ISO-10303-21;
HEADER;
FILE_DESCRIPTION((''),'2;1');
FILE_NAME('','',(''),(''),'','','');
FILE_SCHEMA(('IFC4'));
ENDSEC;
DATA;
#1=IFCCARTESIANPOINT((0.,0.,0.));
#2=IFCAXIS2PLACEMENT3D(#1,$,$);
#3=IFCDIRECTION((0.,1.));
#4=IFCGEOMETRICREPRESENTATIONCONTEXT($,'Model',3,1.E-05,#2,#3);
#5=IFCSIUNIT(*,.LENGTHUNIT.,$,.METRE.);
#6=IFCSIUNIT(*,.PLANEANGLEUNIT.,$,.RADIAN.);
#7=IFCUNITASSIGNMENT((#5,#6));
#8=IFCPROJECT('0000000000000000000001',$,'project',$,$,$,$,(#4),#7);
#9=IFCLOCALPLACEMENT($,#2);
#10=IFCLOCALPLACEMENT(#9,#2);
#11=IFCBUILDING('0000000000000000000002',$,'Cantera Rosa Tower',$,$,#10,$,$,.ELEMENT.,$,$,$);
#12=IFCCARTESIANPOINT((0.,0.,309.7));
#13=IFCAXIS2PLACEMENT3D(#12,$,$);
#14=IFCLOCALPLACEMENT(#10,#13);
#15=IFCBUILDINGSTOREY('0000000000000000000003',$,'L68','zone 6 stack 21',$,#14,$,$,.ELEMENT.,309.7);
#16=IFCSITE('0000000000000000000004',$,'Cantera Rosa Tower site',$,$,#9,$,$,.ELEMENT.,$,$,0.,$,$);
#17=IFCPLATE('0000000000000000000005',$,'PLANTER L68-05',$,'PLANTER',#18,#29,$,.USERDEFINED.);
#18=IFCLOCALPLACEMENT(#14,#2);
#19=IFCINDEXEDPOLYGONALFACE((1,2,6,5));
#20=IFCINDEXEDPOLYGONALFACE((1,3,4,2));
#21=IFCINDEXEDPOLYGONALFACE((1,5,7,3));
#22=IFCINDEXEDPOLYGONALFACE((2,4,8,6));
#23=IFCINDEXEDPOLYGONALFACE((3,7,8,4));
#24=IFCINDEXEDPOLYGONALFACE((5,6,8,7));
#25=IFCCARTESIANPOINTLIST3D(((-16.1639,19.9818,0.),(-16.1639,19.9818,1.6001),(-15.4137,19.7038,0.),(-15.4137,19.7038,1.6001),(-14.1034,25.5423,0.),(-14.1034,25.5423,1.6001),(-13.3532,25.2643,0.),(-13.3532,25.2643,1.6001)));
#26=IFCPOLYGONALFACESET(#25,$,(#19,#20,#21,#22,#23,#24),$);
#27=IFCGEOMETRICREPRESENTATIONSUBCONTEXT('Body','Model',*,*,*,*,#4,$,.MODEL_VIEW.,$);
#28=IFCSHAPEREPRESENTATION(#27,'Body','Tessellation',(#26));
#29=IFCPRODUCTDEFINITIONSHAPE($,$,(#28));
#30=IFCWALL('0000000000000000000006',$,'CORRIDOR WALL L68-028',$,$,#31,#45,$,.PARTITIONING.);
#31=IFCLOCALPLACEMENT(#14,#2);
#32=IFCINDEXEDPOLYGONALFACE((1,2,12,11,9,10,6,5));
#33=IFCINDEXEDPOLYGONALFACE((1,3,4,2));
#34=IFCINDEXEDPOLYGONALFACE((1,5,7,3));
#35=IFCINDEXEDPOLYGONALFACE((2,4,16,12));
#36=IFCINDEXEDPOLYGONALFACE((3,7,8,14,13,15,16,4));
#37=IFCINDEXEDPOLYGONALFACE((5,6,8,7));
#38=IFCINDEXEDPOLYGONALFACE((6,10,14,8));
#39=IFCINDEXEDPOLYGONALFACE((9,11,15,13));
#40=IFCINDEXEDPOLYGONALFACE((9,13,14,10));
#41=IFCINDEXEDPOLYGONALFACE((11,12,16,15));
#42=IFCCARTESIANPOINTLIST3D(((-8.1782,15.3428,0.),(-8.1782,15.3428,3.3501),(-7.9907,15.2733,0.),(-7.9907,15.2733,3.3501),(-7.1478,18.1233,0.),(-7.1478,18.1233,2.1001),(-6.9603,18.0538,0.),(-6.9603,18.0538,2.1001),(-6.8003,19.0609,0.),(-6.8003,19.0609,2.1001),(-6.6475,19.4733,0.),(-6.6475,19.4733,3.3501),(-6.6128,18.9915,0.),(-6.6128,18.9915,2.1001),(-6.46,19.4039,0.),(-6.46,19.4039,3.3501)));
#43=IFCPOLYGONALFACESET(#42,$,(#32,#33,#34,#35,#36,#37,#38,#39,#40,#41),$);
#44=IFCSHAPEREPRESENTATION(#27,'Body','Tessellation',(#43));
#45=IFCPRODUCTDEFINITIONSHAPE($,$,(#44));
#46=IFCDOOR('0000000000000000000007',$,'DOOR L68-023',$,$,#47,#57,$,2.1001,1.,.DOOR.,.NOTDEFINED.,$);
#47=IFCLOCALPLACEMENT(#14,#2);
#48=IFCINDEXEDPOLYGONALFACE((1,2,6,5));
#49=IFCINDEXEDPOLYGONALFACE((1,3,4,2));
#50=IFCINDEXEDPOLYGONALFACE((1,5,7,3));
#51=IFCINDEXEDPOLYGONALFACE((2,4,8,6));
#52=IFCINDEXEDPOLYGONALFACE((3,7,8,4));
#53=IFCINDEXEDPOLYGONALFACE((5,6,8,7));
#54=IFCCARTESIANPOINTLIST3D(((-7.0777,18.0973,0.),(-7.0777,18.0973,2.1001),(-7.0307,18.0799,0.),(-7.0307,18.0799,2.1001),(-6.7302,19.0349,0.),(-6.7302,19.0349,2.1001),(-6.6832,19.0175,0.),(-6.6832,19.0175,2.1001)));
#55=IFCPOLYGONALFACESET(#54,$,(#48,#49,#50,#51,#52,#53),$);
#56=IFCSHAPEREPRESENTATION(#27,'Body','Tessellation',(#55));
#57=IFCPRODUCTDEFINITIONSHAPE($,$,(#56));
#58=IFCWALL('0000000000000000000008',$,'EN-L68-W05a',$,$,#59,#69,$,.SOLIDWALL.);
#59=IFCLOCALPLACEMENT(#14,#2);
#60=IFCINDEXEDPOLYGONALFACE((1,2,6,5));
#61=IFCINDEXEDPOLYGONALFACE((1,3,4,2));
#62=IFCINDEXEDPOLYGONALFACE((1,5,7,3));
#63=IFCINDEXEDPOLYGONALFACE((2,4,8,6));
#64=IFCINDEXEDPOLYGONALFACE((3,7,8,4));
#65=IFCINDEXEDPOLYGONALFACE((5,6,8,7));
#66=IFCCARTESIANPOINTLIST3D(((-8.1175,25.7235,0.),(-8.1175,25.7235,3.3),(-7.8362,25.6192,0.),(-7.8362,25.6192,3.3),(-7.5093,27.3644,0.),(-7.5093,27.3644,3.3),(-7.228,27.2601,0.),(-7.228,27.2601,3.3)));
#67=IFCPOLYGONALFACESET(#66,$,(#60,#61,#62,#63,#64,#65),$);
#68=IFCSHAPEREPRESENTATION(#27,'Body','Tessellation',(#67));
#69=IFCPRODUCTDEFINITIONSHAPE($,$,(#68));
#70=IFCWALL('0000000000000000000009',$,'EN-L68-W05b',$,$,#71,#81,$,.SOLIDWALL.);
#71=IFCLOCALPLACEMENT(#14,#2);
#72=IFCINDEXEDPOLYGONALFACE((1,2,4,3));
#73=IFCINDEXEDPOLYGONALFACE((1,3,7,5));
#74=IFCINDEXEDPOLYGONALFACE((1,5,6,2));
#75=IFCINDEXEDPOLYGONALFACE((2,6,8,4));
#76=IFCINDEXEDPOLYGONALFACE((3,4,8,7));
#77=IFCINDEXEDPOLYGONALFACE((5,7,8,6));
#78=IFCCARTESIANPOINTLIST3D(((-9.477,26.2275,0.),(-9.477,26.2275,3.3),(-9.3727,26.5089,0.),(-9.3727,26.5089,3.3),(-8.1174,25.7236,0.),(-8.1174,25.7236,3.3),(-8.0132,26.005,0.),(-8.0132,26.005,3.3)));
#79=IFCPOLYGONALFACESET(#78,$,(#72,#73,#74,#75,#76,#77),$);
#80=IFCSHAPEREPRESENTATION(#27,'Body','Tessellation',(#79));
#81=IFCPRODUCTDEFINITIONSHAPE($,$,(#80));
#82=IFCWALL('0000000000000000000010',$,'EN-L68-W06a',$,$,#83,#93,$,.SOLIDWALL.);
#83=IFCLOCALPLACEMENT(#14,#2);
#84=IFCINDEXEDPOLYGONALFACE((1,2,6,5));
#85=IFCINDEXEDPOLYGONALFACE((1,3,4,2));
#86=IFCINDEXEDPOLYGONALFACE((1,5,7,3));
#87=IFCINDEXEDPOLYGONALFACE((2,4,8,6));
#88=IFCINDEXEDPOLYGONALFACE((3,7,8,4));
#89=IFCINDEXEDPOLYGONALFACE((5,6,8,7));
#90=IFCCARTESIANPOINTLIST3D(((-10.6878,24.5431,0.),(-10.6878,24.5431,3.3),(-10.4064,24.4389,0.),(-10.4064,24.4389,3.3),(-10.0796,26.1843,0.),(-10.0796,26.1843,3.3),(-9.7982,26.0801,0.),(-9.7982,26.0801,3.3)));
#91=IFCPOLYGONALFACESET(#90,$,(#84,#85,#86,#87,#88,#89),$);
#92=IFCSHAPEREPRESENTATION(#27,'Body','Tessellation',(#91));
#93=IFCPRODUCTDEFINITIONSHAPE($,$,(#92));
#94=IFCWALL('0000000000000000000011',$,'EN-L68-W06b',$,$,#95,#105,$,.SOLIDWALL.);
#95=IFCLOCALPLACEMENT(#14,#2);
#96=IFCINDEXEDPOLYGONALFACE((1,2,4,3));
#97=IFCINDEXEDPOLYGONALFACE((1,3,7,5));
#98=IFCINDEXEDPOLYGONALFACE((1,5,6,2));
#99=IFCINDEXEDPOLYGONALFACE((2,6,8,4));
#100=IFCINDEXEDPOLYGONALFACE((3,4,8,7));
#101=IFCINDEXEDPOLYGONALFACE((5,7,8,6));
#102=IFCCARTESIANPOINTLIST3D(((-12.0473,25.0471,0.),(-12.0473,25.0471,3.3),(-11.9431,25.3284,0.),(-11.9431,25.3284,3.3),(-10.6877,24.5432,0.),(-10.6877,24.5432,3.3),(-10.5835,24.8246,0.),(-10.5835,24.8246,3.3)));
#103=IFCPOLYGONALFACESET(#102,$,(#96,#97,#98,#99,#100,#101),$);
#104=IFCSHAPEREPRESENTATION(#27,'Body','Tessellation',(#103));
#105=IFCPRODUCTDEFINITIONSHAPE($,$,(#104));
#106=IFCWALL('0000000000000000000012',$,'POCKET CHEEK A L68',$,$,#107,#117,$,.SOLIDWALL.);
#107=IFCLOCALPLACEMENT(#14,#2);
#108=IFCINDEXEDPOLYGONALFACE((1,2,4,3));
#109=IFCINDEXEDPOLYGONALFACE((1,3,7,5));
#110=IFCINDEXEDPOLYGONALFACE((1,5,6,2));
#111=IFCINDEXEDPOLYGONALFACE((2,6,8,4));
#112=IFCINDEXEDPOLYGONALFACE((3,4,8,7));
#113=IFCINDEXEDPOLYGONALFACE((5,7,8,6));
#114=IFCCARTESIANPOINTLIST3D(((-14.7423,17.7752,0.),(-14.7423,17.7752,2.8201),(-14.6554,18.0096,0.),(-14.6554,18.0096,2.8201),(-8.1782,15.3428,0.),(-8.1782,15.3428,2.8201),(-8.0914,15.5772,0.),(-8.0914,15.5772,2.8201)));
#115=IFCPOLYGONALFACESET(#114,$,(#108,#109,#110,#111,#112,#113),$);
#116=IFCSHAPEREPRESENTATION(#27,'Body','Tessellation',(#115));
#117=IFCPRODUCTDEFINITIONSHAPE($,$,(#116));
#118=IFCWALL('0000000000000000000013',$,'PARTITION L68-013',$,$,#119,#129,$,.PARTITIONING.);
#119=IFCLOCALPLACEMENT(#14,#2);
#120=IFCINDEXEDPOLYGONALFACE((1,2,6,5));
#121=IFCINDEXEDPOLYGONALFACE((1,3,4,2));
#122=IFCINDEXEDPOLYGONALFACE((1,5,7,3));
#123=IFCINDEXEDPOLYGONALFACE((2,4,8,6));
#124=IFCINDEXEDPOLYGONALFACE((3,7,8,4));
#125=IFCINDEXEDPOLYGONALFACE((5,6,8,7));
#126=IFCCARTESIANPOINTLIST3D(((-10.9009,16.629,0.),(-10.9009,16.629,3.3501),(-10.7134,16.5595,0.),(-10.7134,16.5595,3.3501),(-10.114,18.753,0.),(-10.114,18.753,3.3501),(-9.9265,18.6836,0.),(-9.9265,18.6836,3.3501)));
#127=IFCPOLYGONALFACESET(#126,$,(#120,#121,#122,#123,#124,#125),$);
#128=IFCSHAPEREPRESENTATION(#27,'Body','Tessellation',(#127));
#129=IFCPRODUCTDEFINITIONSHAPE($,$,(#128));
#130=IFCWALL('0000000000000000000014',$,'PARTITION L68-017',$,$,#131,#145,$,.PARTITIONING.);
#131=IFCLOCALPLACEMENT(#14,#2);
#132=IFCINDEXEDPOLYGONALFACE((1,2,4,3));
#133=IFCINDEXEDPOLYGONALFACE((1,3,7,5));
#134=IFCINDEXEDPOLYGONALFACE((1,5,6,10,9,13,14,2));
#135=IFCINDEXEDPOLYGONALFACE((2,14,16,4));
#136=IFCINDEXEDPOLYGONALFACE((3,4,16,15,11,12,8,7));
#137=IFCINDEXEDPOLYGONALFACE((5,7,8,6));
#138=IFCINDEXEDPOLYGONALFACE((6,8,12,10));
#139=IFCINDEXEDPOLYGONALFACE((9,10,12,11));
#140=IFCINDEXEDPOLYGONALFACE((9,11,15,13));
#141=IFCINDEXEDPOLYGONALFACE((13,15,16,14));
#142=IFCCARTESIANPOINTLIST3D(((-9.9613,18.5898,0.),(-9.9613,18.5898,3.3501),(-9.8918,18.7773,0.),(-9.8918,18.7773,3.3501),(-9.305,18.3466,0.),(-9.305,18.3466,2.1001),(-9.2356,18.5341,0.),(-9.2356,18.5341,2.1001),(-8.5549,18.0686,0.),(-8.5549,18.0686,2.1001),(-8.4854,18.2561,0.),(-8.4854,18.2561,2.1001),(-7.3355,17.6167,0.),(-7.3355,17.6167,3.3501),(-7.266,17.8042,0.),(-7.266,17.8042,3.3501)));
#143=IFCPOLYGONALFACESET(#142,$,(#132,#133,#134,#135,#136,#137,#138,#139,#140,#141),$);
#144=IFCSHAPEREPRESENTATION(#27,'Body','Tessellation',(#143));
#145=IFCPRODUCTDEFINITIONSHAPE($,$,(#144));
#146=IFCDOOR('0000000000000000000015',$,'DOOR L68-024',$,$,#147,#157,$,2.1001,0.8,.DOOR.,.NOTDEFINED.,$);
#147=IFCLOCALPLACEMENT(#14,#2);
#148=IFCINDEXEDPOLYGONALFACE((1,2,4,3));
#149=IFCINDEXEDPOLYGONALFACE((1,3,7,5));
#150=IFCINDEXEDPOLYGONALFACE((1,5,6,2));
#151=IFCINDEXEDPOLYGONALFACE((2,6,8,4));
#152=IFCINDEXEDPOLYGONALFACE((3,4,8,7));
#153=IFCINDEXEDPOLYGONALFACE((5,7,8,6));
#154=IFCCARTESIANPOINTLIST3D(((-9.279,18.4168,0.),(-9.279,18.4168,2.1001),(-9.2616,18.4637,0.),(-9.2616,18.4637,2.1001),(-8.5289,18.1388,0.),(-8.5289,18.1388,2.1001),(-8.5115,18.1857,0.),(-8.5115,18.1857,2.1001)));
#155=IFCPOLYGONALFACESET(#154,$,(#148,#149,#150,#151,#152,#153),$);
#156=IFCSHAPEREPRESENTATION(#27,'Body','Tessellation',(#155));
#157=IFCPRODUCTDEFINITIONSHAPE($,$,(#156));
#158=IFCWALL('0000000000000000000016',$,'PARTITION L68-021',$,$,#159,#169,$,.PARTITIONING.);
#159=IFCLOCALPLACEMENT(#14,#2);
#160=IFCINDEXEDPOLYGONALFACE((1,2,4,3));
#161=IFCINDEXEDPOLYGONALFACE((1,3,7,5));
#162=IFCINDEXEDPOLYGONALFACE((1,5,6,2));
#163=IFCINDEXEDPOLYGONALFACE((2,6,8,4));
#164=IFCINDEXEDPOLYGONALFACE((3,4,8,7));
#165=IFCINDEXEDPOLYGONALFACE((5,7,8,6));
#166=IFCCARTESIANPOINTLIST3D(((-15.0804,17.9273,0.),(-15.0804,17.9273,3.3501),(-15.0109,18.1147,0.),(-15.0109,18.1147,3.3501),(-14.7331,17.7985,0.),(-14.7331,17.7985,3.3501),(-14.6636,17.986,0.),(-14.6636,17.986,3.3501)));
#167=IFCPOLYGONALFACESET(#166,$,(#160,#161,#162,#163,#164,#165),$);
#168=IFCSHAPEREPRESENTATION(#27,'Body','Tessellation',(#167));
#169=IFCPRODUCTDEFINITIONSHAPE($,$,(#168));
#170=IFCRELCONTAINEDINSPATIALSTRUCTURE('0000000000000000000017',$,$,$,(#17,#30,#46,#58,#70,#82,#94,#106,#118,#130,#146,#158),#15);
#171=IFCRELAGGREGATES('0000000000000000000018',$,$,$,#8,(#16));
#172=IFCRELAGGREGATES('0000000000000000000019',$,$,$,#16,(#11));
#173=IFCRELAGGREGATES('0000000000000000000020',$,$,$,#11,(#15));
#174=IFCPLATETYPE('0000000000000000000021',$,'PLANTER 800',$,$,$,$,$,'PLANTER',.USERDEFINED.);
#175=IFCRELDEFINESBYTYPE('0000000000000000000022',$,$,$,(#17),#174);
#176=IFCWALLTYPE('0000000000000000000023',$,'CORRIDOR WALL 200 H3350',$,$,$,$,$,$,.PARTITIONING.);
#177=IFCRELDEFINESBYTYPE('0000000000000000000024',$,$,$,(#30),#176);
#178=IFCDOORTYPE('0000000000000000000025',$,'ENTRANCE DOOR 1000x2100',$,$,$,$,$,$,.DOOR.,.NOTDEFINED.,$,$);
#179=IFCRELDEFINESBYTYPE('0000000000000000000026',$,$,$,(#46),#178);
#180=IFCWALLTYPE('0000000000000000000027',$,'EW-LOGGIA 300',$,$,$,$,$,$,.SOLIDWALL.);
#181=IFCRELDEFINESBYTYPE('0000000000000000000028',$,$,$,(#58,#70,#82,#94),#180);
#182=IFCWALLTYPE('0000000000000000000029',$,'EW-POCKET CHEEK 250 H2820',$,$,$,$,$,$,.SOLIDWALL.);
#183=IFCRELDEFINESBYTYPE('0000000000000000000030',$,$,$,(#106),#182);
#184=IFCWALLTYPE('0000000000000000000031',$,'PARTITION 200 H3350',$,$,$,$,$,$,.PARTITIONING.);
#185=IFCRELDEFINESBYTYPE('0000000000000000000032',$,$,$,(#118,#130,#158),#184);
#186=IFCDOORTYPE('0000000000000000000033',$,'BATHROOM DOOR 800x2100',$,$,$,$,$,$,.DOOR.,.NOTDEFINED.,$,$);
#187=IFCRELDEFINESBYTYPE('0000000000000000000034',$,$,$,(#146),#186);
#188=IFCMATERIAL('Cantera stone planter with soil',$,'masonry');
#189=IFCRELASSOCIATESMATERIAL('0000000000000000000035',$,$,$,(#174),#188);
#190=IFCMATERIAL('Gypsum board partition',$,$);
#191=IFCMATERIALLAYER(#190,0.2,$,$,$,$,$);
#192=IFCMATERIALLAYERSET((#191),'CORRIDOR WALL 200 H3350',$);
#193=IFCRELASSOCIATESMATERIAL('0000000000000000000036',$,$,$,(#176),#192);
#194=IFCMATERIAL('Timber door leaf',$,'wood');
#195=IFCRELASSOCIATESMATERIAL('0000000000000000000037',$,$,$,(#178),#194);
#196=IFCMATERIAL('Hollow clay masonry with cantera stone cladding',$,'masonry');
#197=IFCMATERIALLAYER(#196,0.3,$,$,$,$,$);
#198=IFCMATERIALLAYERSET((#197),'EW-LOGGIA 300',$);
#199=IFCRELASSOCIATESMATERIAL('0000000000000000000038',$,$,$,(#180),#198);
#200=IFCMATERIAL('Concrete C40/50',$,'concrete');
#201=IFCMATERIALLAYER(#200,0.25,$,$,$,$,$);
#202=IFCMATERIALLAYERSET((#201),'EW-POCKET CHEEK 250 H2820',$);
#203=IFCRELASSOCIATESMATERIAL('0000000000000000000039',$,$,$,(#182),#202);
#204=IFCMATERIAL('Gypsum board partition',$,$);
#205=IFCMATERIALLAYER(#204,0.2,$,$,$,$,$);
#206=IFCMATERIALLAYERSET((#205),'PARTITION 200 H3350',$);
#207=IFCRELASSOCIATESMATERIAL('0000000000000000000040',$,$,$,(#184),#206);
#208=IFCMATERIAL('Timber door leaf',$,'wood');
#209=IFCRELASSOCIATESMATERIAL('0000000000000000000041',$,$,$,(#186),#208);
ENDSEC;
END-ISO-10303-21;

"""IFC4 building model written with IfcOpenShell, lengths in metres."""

from ifc_helpers import new_model, si_unit, direction, frame, frame_2d, origin, origin_2d, place, context, subcontext, project, spatial, rectangle, extrude, material, layer, layer_set, type_object, element, fill, save


model = new_model("IFC4")

# Units and contexts
model_context = context("Model", 3, precision=1e-05, world=origin(), true_north=direction((0.0, 1.0)))
body_context = subcontext(model_context, "Body", "Model", "MODEL_VIEW")
ifc_project = project(units=[si_unit("LENGTHUNIT", "METRE"), si_unit("PLANEANGLEUNIT", "RADIAN")], contexts=[model_context])

# Site, building, storey
site_placement = place(None, origin())
site = spatial("IfcSite", under=ifc_project, at=site_placement, Name="Cantera Rosa Tower site", CompositionType="ELEMENT", RefElevation=0.0)
building_placement = place(site_placement, origin())
building = spatial("IfcBuilding", under=site, at=building_placement, Name="Cantera Rosa Tower", CompositionType="ELEMENT")
storey_placement = place(building_placement, frame((0.0, 0.0, 309.7)))
storey = spatial("IfcBuildingStorey", under=building, at=storey_placement, Name="L68", Description="zone 6 stack 21", CompositionType="ELEMENT", Elevation=309.7)

# Plate
ifc_material_1 = material(Name="Cantera stone planter with soil", Category="masonry")
plate_type = type_object("IfcPlateType", Name="PLANTER 800", ElementType="PLANTER", PredefinedType="USERDEFINED", material=ifc_material_1)
plate_placement = place(storey_placement, frame((-14.7585, 22.623, 0.0), z_axis=(0.0, 0.0, 1.0), x_axis=(-0.347481, -0.937687, 0.0)))
element("IfcPlate", 1, at=plate_placement, inside=storey, type_object=plate_type, Name="PLANTER L68-05", ObjectType="PLANTER", PredefinedType="USERDEFINED", context=body_context, shape_type="SweptSolid", body=[
    extrude(rectangle(XDim=5.9299, YDim=0.8, at=origin_2d()), origin(), (0.0, 0.0, 1.0), 1.6001),
])

# Wall, opening, door
ifc_material_2 = material(Name="Gypsum board partition")
ifc_layer_1 = layer(ifc_material_2, 0.2)
ifc_layer_set_1 = layer_set([ifc_layer_1], Name="CORRIDOR WALL 200 H3350")
wall_type_1 = type_object("IfcWallType", Name="CORRIDOR WALL 200 H3350", PredefinedType="PARTITIONING", material=ifc_layer_set_1)
wall_1_placement = place(storey_placement, frame((-6.5537, 19.4387, 0.0), z_axis=(0.0, 0.0, 1.0), x_axis=(-0.347495, -0.937682, 0.0)))
wall_1 = element("IfcWall", 2, at=wall_1_placement, inside=storey, type_object=wall_type_1, Name="CORRIDOR WALL L68-028", PredefinedType="PARTITIONING", context=body_context, shape_type="SweptSolid", body=[
    extrude(rectangle(XDim=4.405, YDim=0.2, at=frame_2d((2.2026, 0.0))), origin(), (0.0, 0.0, 1.0), 3.3501),
])
opening_1_placement = place(wall_1_placement, frame((0.4399, 0.0, 0.0)))
opening_1 = element("IfcOpeningElement", 3, at=opening_1_placement, cuts=wall_1, PredefinedType="OPENING", context=body_context, shape_type="SweptSolid", body=[
    extrude(rectangle(XDim=1.0, YDim=2.1001, at=frame_2d((0.5, 1.05))), frame((0.0, 0.1099, 0.0), z_axis=(0.0, -1.0, 0.0), x_axis=(1.0, 0.0, 0.0)), (0.0, 0.0, 1.0), 0.22),
])
ifc_material_3 = material(Name="Timber door leaf", Category="wood")
door_type_1 = type_object("IfcDoorType", Name="ENTRANCE DOOR 1000x2100", OperationType="NOTDEFINED", PredefinedType="DOOR", material=ifc_material_3)
door_1_placement = place(opening_1_placement, origin())
door_1 = element("IfcDoor", 4, at=door_1_placement, inside=storey, type_object=door_type_1, Name="DOOR L68-023", OperationType="NOTDEFINED", OverallHeight=2.1001, OverallWidth=1.0, PredefinedType="DOOR", context=body_context, shape_type="SweptSolid", body=[
    extrude(rectangle(XDim=1.0, YDim=2.1001, at=frame_2d((0.5, 1.05))), frame((0.0, 0.0249, 0.0), z_axis=(0.0, -1.0, 0.0), x_axis=(1.0, 0.0, 0.0)), (0.0, 0.0, 1.0), 0.05),
])
fill(opening_1, door_1)

# Walls
ifc_material_4 = material(Name="Hollow clay masonry with cantera stone cladding", Category="masonry")
ifc_layer_2 = layer(ifc_material_4, 0.3)
ifc_layer_set_2 = layer_set([ifc_layer_2], Name="EW-LOGGIA 300")
wall_type_2 = type_object("IfcWallType", Name="EW-LOGGIA 300", PredefinedType="SOLIDWALL", material=ifc_layer_set_2)
wall_2_placement = place(storey_placement, frame((-7.3687, 27.3123, 0.0), z_axis=(0.0, 0.0, 1.0), x_axis=(-0.347528, -0.93767, 0.0)))
element("IfcWall", 5, at=wall_2_placement, inside=storey, type_object=wall_type_2, Name="EN-L68-W05a", PredefinedType="SOLIDWALL", context=body_context, shape_type="SweptSolid", body=[
    extrude(rectangle(XDim=1.75, YDim=0.3, at=frame_2d((0.875, 0.0))), origin(), (0.0, 0.0, 1.0), 3.3),
])
wall_3_placement = place(storey_placement, frame((-8.0652, 25.8643, 0.0), z_axis=(0.0, 0.0, 1.0), x_axis=(-0.937672, 0.347523, 0.0)))
element("IfcWall", 6, at=wall_3_placement, inside=storey, type_object=wall_type_2, Name="EN-L68-W05b", PredefinedType="SOLIDWALL", context=body_context, shape_type="SweptSolid", body=[
    extrude(rectangle(XDim=1.45, YDim=0.3, at=frame_2d((0.7251, 0.0))), origin(), (0.0, 0.0, 1.0), 3.3),
])
wall_4_placement = place(storey_placement, frame((-9.939, 26.1321, 0.0), z_axis=(0.0, 0.0, 1.0), x_axis=(-0.347482, -0.937686, 0.0)))
element("IfcWall", 7, at=wall_4_placement, inside=storey, type_object=wall_type_2, Name="EN-L68-W06a", PredefinedType="SOLIDWALL", context=body_context, shape_type="SweptSolid", body=[
    extrude(rectangle(XDim=1.7502, YDim=0.3, at=frame_2d((0.875, 0.0))), origin(), (0.0, 0.0, 1.0), 3.3),
])
wall_5_placement = place(storey_placement, frame((-10.6355, 24.6838, 0.0), z_axis=(0.0, 0.0, 1.0), x_axis=(-0.937672, 0.347523, 0.0)))
element("IfcWall", 8, at=wall_5_placement, inside=storey, type_object=wall_type_2, Name="EN-L68-W06b", PredefinedType="SOLIDWALL", context=body_context, shape_type="SweptSolid", body=[
    extrude(rectangle(XDim=1.45, YDim=0.3, at=frame_2d((0.7251, 0.0))), origin(), (0.0, 0.0, 1.0), 3.3),
])

# Walls
ifc_material_5 = material(Name="Concrete C40/50", Category="concrete")
ifc_layer_3 = layer(ifc_material_5, 0.25)
ifc_layer_set_3 = layer_set([ifc_layer_3], Name="EW-POCKET CHEEK 250 H2820")
wall_type_3 = type_object("IfcWallType", Name="EW-POCKET CHEEK 250 H2820", PredefinedType="SOLIDWALL", material=ifc_layer_set_3)
wall_6_placement = place(storey_placement, frame((-14.6987, 17.8923, 0.0), z_axis=(0.0, 0.0, 1.0), x_axis=(0.937689, -0.347475, 0.0)))
element("IfcWall", 9, at=wall_6_placement, inside=storey, type_object=wall_type_3, Name="POCKET CHEEK A L68", PredefinedType="SOLIDWALL", context=body_context, shape_type="SweptSolid", body=[
    extrude(rectangle(XDim=7.0002, YDim=0.25, at=frame_2d((3.5, 0.0))), origin(), (0.0, 0.0, 1.0), 2.8201),
])
ifc_material_6 = material(Name="Gypsum board partition")
ifc_layer_4 = layer(ifc_material_6, 0.2)
ifc_layer_set_4 = layer_set([ifc_layer_4], Name="PARTITION 200 H3350")
wall_type_4 = type_object("IfcWallType", Name="PARTITION 200 H3350", PredefinedType="PARTITIONING", material=ifc_layer_set_4)
wall_7_placement = place(storey_placement, frame((-10.8071, 16.5942, 0.0), z_axis=(0.0, 0.0, 1.0), x_axis=(0.347388, 0.937721, 0.0)))
element("IfcWall", 10, at=wall_7_placement, inside=storey, type_object=wall_type_4, Name="PARTITION L68-013", PredefinedType="PARTITIONING", context=body_context, shape_type="SweptSolid", body=[
    extrude(rectangle(XDim=2.2651, YDim=0.2, at=frame_2d((1.1326, 0.0))), origin(), (0.0, 0.0, 1.0), 3.3501),
])

# Wall, opening, door
wall_8_placement = place(storey_placement, frame((-9.9265, 18.6836, 0.0), z_axis=(0.0, 0.0, 1.0), x_axis=(0.937673, -0.347519, 0.0)))
wall_8 = element("IfcWall", 11, at=wall_8_placement, inside=storey, type_object=wall_type_4, Name="PARTITION L68-017", PredefinedType="PARTITIONING", context=body_context, shape_type="SweptSolid", body=[
    extrude(rectangle(XDim=2.8003, YDim=0.2, at=frame_2d((1.4001, 0.0))), origin(), (0.0, 0.0, 1.0), 3.3501),
])
opening_2_placement = place(wall_8_placement, frame((0.7, 0.0, 0.0)))
opening_2 = element("IfcOpeningElement", 12, at=opening_2_placement, cuts=wall_8, PredefinedType="OPENING", context=body_context, shape_type="SweptSolid", body=[
    extrude(rectangle(XDim=0.8, YDim=2.1001, at=frame_2d((0.3999, 1.05))), frame((0.0, 0.1099, 0.0), z_axis=(0.0, -1.0, 0.0), x_axis=(1.0, 0.0, 0.0)), (0.0, 0.0, 1.0), 0.22),
])
ifc_material_7 = material(Name="Timber door leaf", Category="wood")
door_type_2 = type_object("IfcDoorType", Name="BATHROOM DOOR 800x2100", OperationType="NOTDEFINED", PredefinedType="DOOR", material=ifc_material_7)
door_2_placement = place(opening_2_placement, origin())
door_2 = element("IfcDoor", 13, at=door_2_placement, inside=storey, type_object=door_type_2, Name="DOOR L68-024", OperationType="NOTDEFINED", OverallHeight=2.1001, OverallWidth=0.8, PredefinedType="DOOR", context=body_context, shape_type="SweptSolid", body=[
    extrude(rectangle(XDim=0.8, YDim=2.1001, at=frame_2d((0.3999, 1.05))), frame((0.0, 0.0249, 0.0), z_axis=(0.0, -1.0, 0.0), x_axis=(1.0, 0.0, 0.0)), (0.0, 0.0, 1.0), 0.05),
])
fill(opening_2, door_2)

# Wall
wall_9_placement = place(storey_placement, frame((-14.6985, 17.8923, 0.0), z_axis=(0.0, 0.0, 1.0), x_axis=(-0.937677, 0.347508, 0.0)))
element("IfcWall", 14, at=wall_9_placement, inside=storey, type_object=wall_type_4, Name="PARTITION L68-021", PredefinedType="PARTITIONING", context=body_context, shape_type="SweptSolid", body=[
    extrude(rectangle(XDim=0.3704, YDim=0.2, at=frame_2d((0.1851, 0.0))), origin(), (0.0, 0.0, 1.0), 3.3501),
])

save(model, "model.ifc")
